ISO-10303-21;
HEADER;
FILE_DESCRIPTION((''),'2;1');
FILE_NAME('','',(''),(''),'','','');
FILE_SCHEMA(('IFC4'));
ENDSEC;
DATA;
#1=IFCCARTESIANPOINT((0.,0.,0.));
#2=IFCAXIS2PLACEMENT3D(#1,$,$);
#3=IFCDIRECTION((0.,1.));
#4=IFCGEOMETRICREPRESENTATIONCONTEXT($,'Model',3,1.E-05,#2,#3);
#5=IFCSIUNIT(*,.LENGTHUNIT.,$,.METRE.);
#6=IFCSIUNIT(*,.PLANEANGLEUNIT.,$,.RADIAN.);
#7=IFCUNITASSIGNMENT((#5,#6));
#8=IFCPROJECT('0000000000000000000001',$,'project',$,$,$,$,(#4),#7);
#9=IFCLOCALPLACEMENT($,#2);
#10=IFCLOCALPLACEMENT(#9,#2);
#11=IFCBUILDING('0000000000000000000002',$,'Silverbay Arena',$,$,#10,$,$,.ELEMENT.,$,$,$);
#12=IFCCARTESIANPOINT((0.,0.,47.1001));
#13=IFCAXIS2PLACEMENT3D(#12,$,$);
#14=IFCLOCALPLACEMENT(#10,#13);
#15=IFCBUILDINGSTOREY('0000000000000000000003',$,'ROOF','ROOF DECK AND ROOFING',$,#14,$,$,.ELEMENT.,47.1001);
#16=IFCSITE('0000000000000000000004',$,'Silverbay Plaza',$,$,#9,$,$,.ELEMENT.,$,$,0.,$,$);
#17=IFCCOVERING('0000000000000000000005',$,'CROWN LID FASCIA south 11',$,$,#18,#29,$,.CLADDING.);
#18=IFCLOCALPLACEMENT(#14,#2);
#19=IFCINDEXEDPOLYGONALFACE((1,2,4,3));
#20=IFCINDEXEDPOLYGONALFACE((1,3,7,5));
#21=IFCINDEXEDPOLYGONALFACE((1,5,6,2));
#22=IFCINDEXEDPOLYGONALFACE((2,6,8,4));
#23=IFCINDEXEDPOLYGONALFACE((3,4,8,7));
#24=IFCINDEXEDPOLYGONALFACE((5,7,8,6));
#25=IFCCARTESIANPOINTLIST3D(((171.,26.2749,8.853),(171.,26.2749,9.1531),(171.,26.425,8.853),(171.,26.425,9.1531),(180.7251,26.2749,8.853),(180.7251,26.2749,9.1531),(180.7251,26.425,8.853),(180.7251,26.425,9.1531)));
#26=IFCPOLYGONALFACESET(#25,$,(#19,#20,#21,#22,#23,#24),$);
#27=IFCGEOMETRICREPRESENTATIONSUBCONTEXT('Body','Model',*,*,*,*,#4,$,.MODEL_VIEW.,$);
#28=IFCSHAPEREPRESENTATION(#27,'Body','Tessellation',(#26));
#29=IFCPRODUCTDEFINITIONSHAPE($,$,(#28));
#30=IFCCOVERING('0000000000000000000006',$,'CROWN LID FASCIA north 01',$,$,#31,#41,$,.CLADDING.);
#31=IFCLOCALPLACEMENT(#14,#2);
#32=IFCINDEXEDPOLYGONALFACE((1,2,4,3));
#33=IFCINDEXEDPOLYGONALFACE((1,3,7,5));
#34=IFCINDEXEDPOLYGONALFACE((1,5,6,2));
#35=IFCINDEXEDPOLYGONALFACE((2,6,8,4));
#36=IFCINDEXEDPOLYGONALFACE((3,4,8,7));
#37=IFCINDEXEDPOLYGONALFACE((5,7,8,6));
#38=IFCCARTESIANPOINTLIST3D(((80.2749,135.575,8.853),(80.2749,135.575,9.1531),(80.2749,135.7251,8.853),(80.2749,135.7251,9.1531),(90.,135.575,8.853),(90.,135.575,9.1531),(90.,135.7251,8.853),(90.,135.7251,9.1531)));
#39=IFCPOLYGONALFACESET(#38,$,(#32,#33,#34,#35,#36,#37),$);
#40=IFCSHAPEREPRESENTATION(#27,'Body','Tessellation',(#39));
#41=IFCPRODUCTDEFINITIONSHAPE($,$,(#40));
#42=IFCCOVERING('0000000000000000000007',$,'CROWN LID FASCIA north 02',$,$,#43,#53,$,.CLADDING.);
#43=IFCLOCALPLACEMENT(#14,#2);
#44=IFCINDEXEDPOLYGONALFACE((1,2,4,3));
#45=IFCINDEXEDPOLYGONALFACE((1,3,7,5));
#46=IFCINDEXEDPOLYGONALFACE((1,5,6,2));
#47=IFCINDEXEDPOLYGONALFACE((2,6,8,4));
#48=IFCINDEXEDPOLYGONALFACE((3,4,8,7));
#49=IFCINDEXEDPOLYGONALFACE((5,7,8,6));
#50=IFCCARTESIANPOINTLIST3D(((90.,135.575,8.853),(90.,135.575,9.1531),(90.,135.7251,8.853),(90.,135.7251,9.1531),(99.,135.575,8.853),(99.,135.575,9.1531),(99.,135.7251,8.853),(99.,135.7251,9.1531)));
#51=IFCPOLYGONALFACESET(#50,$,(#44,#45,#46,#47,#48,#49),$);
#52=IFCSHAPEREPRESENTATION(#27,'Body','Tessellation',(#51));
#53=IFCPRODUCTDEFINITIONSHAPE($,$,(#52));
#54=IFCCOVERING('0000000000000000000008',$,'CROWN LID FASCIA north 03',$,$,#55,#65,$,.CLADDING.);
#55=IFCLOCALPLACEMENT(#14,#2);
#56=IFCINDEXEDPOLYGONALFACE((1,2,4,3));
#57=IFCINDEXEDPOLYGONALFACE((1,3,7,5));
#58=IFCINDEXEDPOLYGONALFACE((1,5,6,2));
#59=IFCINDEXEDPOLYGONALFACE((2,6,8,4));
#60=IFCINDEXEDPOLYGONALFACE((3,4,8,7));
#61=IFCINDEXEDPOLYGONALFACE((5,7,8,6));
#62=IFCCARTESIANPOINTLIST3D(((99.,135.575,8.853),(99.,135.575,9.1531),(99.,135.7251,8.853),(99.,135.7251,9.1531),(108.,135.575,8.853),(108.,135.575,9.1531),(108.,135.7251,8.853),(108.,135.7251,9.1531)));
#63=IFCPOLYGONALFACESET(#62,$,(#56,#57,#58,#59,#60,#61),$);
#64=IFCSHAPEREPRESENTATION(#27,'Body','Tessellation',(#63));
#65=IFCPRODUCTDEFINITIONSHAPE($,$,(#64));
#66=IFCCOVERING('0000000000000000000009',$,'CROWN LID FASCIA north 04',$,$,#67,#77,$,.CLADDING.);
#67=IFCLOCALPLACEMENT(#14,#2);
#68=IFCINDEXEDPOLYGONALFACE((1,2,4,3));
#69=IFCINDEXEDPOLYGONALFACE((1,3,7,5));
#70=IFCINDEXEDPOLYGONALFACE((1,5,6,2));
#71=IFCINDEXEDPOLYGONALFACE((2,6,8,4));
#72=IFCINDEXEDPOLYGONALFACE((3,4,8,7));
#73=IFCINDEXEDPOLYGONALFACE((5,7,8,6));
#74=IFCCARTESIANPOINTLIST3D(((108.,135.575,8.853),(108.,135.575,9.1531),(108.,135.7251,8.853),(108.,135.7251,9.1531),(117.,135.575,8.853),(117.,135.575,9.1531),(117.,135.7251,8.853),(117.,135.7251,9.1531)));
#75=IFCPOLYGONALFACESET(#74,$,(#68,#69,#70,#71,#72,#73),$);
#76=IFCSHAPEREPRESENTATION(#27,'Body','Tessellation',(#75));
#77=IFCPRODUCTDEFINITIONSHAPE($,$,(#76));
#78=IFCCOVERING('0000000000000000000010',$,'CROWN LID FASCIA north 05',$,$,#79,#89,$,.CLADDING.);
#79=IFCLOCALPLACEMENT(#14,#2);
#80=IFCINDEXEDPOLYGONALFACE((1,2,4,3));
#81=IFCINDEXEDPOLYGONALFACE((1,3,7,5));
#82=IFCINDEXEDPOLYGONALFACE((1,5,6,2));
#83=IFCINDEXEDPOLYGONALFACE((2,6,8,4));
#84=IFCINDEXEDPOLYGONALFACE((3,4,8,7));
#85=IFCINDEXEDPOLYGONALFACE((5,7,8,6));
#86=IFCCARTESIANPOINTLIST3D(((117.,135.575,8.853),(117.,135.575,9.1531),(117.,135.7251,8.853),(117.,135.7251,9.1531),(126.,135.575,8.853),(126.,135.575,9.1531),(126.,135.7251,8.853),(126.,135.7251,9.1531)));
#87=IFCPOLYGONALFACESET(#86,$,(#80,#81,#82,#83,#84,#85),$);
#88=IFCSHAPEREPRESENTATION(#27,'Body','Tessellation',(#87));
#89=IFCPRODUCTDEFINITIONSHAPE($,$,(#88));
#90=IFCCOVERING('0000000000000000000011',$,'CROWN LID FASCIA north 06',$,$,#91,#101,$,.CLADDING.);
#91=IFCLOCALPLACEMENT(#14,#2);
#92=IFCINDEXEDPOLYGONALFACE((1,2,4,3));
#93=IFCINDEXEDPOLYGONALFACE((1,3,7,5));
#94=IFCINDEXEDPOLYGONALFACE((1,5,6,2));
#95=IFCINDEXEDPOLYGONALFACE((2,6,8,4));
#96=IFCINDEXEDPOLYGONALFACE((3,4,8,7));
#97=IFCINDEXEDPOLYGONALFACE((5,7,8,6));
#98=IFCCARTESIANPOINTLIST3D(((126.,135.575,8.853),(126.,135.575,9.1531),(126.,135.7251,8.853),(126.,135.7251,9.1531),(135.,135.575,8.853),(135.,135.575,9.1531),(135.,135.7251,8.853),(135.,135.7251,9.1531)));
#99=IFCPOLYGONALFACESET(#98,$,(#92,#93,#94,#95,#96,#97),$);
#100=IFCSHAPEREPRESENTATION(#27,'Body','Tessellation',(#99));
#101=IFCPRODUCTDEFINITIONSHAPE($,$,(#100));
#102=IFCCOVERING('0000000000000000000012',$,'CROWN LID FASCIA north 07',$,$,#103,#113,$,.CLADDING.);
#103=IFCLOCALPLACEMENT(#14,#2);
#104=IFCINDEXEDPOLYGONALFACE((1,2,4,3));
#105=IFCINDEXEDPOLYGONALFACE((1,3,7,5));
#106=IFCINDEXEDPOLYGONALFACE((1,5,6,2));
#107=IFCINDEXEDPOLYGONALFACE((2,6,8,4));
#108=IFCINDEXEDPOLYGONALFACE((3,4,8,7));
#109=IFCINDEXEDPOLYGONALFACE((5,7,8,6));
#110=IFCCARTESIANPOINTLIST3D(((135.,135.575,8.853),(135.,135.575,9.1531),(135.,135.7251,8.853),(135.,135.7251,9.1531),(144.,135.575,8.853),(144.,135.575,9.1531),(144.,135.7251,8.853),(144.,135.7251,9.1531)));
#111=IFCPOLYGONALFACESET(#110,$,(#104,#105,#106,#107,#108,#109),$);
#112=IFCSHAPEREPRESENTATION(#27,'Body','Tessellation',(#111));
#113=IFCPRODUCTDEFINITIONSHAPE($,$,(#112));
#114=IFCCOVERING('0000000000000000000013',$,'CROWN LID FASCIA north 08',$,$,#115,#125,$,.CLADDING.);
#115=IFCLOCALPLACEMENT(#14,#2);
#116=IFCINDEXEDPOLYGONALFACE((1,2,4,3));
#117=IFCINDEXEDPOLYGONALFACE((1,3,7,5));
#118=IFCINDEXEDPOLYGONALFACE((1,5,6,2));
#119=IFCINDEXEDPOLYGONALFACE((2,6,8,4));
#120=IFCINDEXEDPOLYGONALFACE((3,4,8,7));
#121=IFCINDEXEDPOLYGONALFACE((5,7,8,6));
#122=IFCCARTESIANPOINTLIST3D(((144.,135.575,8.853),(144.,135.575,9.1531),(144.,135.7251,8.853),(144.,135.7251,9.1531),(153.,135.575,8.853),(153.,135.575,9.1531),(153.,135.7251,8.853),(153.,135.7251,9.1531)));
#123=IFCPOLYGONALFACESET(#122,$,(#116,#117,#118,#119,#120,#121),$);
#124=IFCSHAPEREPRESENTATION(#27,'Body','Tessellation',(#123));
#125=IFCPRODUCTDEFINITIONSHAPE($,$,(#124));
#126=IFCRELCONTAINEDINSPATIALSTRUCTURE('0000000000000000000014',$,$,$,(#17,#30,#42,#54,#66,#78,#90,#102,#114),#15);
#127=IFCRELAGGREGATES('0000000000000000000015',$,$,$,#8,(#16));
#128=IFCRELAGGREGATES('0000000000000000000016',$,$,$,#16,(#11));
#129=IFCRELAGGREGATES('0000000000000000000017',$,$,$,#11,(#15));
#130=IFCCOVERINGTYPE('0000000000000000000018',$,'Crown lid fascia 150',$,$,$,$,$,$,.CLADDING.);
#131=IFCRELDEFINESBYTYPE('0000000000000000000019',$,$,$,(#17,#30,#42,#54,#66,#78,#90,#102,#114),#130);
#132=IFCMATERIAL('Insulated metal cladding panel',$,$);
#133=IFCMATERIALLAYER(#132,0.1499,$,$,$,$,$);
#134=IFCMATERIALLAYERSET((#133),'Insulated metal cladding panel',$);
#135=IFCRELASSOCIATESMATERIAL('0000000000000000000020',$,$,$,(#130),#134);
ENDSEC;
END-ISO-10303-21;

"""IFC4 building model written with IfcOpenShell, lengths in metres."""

from ifc_helpers import new_model, si_unit, direction, frame, origin, place, context, subcontext, project, spatial, polyline, outline, extrude, material, layer, layer_set, type_object, element, save


model = new_model("IFC4")

# Units and contexts
model_context = context("Model", 3, precision=1e-05, world=origin(), true_north=direction((0.0, 1.0)))
body_context = subcontext(model_context, "Body", "Model", "MODEL_VIEW")
ifc_project = project(units=[si_unit("LENGTHUNIT", "METRE"), si_unit("PLANEANGLEUNIT", "RADIAN")], contexts=[model_context])

# Site, building, storey
site_placement = place(None, origin())
site = spatial("IfcSite", under=ifc_project, at=site_placement, Name="Silverbay Plaza", CompositionType="ELEMENT", RefElevation=0.0)
building_placement = place(site_placement, origin())
building = spatial("IfcBuilding", under=site, at=building_placement, Name="Silverbay Arena", CompositionType="ELEMENT")
storey_placement = place(building_placement, frame((0.0, 0.0, 47.1001)))
storey = spatial("IfcBuildingStorey", under=building, at=storey_placement, Name="ROOF", Description="ROOF DECK AND ROOFING", CompositionType="ELEMENT", Elevation=47.1001)

# Coverings
ifc_material = material(Name="Insulated metal cladding panel")
ifc_layer = layer(ifc_material, 0.1499)
ifc_layer_set = layer_set([ifc_layer], Name="Insulated metal cladding panel")
covering_type = type_object("IfcCoveringType", Name="Crown lid fascia 150", PredefinedType="CLADDING", material=ifc_layer_set)
covering_1_placement = place(storey_placement, frame((0.0, 0.0, 8.853)))
element("IfcCovering", 1, at=covering_1_placement, inside=storey, type_object=covering_type, Name="CROWN LID FASCIA south 11", PredefinedType="CLADDING", context=body_context, shape_type="SweptSolid", body=[
    extrude(outline(polyline([(171.0, 26.2749), (180.7251, 26.2749), (180.7251, 26.425), (171.0, 26.425), (171.0, 26.2749)])), origin(), (0.0, 0.0, 1.0), 0.3),
])
covering_2_placement = place(storey_placement, frame((0.0, 0.0, 8.853)))
element("IfcCovering", 2, at=covering_2_placement, inside=storey, type_object=covering_type, Name="CROWN LID FASCIA north 01", PredefinedType="CLADDING", context=body_context, shape_type="SweptSolid", body=[
    extrude(outline(polyline([(80.2749, 135.575), (90.0, 135.575), (90.0, 135.7251), (80.2749, 135.7251), (80.2749, 135.575)])), origin(), (0.0, 0.0, 1.0), 0.3),
])
covering_3_placement = place(storey_placement, frame((0.0, 0.0, 8.853)))
element("IfcCovering", 3, at=covering_3_placement, inside=storey, type_object=covering_type, Name="CROWN LID FASCIA north 02", PredefinedType="CLADDING", context=body_context, shape_type="SweptSolid", body=[
    extrude(outline(polyline([(90.0, 135.575), (99.0, 135.575), (99.0, 135.7251), (90.0, 135.7251), (90.0, 135.575)])), origin(), (0.0, 0.0, 1.0), 0.3),
])
covering_4_placement = place(storey_placement, frame((0.0, 0.0, 8.853)))
element("IfcCovering", 4, at=covering_4_placement, inside=storey, type_object=covering_type, Name="CROWN LID FASCIA north 03", PredefinedType="CLADDING", context=body_context, shape_type="SweptSolid", body=[
    extrude(outline(polyline([(99.0, 135.575), (108.0, 135.575), (108.0, 135.7251), (99.0, 135.7251), (99.0, 135.575)])), origin(), (0.0, 0.0, 1.0), 0.3),
])
covering_5_placement = place(storey_placement, frame((0.0, 0.0, 8.853)))
element("IfcCovering", 5, at=covering_5_placement, inside=storey, type_object=covering_type, Name="CROWN LID FASCIA north 04", PredefinedType="CLADDING", context=body_context, shape_type="SweptSolid", body=[
    extrude(outline(polyline([(108.0, 135.575), (117.0, 135.575), (117.0, 135.7251), (108.0, 135.7251), (108.0, 135.575)])), origin(), (0.0, 0.0, 1.0), 0.3),
])
covering_6_placement = place(storey_placement, frame((0.0, 0.0, 8.853)))
element("IfcCovering", 6, at=covering_6_placement, inside=storey, type_object=covering_type, Name="CROWN LID FASCIA north 05", PredefinedType="CLADDING", context=body_context, shape_type="SweptSolid", body=[
    extrude(outline(polyline([(117.0, 135.575), (126.0, 135.575), (126.0, 135.7251), (117.0, 135.7251), (117.0, 135.575)])), origin(), (0.0, 0.0, 1.0), 0.3),
])
covering_7_placement = place(storey_placement, frame((0.0, 0.0, 8.853)))
element("IfcCovering", 7, at=covering_7_placement, inside=storey, type_object=covering_type, Name="CROWN LID FASCIA north 06", PredefinedType="CLADDING", context=body_context, shape_type="SweptSolid", body=[
    extrude(outline(polyline([(126.0, 135.575), (135.0, 135.575), (135.0, 135.7251), (126.0, 135.7251), (126.0, 135.575)])), origin(), (0.0, 0.0, 1.0), 0.3),
])
covering_8_placement = place(storey_placement, frame((0.0, 0.0, 8.853)))
element("IfcCovering", 8, at=covering_8_placement, inside=storey, type_object=covering_type, Name="CROWN LID FASCIA north 07", PredefinedType="CLADDING", context=body_context, shape_type="SweptSolid", body=[
    extrude(outline(polyline([(135.0, 135.575), (144.0, 135.575), (144.0, 135.7251), (135.0, 135.7251), (135.0, 135.575)])), origin(), (0.0, 0.0, 1.0), 0.3),
])
covering_9_placement = place(storey_placement, frame((0.0, 0.0, 8.853)))
element("IfcCovering", 9, at=covering_9_placement, inside=storey, type_object=covering_type, Name="CROWN LID FASCIA north 08", PredefinedType="CLADDING", context=body_context, shape_type="SweptSolid", body=[
    extrude(outline(polyline([(144.0, 135.575), (153.0, 135.575), (153.0, 135.7251), (144.0, 135.7251), (144.0, 135.575)])), origin(), (0.0, 0.0, 1.0), 0.3),
])

save(model, "model.ifc")
